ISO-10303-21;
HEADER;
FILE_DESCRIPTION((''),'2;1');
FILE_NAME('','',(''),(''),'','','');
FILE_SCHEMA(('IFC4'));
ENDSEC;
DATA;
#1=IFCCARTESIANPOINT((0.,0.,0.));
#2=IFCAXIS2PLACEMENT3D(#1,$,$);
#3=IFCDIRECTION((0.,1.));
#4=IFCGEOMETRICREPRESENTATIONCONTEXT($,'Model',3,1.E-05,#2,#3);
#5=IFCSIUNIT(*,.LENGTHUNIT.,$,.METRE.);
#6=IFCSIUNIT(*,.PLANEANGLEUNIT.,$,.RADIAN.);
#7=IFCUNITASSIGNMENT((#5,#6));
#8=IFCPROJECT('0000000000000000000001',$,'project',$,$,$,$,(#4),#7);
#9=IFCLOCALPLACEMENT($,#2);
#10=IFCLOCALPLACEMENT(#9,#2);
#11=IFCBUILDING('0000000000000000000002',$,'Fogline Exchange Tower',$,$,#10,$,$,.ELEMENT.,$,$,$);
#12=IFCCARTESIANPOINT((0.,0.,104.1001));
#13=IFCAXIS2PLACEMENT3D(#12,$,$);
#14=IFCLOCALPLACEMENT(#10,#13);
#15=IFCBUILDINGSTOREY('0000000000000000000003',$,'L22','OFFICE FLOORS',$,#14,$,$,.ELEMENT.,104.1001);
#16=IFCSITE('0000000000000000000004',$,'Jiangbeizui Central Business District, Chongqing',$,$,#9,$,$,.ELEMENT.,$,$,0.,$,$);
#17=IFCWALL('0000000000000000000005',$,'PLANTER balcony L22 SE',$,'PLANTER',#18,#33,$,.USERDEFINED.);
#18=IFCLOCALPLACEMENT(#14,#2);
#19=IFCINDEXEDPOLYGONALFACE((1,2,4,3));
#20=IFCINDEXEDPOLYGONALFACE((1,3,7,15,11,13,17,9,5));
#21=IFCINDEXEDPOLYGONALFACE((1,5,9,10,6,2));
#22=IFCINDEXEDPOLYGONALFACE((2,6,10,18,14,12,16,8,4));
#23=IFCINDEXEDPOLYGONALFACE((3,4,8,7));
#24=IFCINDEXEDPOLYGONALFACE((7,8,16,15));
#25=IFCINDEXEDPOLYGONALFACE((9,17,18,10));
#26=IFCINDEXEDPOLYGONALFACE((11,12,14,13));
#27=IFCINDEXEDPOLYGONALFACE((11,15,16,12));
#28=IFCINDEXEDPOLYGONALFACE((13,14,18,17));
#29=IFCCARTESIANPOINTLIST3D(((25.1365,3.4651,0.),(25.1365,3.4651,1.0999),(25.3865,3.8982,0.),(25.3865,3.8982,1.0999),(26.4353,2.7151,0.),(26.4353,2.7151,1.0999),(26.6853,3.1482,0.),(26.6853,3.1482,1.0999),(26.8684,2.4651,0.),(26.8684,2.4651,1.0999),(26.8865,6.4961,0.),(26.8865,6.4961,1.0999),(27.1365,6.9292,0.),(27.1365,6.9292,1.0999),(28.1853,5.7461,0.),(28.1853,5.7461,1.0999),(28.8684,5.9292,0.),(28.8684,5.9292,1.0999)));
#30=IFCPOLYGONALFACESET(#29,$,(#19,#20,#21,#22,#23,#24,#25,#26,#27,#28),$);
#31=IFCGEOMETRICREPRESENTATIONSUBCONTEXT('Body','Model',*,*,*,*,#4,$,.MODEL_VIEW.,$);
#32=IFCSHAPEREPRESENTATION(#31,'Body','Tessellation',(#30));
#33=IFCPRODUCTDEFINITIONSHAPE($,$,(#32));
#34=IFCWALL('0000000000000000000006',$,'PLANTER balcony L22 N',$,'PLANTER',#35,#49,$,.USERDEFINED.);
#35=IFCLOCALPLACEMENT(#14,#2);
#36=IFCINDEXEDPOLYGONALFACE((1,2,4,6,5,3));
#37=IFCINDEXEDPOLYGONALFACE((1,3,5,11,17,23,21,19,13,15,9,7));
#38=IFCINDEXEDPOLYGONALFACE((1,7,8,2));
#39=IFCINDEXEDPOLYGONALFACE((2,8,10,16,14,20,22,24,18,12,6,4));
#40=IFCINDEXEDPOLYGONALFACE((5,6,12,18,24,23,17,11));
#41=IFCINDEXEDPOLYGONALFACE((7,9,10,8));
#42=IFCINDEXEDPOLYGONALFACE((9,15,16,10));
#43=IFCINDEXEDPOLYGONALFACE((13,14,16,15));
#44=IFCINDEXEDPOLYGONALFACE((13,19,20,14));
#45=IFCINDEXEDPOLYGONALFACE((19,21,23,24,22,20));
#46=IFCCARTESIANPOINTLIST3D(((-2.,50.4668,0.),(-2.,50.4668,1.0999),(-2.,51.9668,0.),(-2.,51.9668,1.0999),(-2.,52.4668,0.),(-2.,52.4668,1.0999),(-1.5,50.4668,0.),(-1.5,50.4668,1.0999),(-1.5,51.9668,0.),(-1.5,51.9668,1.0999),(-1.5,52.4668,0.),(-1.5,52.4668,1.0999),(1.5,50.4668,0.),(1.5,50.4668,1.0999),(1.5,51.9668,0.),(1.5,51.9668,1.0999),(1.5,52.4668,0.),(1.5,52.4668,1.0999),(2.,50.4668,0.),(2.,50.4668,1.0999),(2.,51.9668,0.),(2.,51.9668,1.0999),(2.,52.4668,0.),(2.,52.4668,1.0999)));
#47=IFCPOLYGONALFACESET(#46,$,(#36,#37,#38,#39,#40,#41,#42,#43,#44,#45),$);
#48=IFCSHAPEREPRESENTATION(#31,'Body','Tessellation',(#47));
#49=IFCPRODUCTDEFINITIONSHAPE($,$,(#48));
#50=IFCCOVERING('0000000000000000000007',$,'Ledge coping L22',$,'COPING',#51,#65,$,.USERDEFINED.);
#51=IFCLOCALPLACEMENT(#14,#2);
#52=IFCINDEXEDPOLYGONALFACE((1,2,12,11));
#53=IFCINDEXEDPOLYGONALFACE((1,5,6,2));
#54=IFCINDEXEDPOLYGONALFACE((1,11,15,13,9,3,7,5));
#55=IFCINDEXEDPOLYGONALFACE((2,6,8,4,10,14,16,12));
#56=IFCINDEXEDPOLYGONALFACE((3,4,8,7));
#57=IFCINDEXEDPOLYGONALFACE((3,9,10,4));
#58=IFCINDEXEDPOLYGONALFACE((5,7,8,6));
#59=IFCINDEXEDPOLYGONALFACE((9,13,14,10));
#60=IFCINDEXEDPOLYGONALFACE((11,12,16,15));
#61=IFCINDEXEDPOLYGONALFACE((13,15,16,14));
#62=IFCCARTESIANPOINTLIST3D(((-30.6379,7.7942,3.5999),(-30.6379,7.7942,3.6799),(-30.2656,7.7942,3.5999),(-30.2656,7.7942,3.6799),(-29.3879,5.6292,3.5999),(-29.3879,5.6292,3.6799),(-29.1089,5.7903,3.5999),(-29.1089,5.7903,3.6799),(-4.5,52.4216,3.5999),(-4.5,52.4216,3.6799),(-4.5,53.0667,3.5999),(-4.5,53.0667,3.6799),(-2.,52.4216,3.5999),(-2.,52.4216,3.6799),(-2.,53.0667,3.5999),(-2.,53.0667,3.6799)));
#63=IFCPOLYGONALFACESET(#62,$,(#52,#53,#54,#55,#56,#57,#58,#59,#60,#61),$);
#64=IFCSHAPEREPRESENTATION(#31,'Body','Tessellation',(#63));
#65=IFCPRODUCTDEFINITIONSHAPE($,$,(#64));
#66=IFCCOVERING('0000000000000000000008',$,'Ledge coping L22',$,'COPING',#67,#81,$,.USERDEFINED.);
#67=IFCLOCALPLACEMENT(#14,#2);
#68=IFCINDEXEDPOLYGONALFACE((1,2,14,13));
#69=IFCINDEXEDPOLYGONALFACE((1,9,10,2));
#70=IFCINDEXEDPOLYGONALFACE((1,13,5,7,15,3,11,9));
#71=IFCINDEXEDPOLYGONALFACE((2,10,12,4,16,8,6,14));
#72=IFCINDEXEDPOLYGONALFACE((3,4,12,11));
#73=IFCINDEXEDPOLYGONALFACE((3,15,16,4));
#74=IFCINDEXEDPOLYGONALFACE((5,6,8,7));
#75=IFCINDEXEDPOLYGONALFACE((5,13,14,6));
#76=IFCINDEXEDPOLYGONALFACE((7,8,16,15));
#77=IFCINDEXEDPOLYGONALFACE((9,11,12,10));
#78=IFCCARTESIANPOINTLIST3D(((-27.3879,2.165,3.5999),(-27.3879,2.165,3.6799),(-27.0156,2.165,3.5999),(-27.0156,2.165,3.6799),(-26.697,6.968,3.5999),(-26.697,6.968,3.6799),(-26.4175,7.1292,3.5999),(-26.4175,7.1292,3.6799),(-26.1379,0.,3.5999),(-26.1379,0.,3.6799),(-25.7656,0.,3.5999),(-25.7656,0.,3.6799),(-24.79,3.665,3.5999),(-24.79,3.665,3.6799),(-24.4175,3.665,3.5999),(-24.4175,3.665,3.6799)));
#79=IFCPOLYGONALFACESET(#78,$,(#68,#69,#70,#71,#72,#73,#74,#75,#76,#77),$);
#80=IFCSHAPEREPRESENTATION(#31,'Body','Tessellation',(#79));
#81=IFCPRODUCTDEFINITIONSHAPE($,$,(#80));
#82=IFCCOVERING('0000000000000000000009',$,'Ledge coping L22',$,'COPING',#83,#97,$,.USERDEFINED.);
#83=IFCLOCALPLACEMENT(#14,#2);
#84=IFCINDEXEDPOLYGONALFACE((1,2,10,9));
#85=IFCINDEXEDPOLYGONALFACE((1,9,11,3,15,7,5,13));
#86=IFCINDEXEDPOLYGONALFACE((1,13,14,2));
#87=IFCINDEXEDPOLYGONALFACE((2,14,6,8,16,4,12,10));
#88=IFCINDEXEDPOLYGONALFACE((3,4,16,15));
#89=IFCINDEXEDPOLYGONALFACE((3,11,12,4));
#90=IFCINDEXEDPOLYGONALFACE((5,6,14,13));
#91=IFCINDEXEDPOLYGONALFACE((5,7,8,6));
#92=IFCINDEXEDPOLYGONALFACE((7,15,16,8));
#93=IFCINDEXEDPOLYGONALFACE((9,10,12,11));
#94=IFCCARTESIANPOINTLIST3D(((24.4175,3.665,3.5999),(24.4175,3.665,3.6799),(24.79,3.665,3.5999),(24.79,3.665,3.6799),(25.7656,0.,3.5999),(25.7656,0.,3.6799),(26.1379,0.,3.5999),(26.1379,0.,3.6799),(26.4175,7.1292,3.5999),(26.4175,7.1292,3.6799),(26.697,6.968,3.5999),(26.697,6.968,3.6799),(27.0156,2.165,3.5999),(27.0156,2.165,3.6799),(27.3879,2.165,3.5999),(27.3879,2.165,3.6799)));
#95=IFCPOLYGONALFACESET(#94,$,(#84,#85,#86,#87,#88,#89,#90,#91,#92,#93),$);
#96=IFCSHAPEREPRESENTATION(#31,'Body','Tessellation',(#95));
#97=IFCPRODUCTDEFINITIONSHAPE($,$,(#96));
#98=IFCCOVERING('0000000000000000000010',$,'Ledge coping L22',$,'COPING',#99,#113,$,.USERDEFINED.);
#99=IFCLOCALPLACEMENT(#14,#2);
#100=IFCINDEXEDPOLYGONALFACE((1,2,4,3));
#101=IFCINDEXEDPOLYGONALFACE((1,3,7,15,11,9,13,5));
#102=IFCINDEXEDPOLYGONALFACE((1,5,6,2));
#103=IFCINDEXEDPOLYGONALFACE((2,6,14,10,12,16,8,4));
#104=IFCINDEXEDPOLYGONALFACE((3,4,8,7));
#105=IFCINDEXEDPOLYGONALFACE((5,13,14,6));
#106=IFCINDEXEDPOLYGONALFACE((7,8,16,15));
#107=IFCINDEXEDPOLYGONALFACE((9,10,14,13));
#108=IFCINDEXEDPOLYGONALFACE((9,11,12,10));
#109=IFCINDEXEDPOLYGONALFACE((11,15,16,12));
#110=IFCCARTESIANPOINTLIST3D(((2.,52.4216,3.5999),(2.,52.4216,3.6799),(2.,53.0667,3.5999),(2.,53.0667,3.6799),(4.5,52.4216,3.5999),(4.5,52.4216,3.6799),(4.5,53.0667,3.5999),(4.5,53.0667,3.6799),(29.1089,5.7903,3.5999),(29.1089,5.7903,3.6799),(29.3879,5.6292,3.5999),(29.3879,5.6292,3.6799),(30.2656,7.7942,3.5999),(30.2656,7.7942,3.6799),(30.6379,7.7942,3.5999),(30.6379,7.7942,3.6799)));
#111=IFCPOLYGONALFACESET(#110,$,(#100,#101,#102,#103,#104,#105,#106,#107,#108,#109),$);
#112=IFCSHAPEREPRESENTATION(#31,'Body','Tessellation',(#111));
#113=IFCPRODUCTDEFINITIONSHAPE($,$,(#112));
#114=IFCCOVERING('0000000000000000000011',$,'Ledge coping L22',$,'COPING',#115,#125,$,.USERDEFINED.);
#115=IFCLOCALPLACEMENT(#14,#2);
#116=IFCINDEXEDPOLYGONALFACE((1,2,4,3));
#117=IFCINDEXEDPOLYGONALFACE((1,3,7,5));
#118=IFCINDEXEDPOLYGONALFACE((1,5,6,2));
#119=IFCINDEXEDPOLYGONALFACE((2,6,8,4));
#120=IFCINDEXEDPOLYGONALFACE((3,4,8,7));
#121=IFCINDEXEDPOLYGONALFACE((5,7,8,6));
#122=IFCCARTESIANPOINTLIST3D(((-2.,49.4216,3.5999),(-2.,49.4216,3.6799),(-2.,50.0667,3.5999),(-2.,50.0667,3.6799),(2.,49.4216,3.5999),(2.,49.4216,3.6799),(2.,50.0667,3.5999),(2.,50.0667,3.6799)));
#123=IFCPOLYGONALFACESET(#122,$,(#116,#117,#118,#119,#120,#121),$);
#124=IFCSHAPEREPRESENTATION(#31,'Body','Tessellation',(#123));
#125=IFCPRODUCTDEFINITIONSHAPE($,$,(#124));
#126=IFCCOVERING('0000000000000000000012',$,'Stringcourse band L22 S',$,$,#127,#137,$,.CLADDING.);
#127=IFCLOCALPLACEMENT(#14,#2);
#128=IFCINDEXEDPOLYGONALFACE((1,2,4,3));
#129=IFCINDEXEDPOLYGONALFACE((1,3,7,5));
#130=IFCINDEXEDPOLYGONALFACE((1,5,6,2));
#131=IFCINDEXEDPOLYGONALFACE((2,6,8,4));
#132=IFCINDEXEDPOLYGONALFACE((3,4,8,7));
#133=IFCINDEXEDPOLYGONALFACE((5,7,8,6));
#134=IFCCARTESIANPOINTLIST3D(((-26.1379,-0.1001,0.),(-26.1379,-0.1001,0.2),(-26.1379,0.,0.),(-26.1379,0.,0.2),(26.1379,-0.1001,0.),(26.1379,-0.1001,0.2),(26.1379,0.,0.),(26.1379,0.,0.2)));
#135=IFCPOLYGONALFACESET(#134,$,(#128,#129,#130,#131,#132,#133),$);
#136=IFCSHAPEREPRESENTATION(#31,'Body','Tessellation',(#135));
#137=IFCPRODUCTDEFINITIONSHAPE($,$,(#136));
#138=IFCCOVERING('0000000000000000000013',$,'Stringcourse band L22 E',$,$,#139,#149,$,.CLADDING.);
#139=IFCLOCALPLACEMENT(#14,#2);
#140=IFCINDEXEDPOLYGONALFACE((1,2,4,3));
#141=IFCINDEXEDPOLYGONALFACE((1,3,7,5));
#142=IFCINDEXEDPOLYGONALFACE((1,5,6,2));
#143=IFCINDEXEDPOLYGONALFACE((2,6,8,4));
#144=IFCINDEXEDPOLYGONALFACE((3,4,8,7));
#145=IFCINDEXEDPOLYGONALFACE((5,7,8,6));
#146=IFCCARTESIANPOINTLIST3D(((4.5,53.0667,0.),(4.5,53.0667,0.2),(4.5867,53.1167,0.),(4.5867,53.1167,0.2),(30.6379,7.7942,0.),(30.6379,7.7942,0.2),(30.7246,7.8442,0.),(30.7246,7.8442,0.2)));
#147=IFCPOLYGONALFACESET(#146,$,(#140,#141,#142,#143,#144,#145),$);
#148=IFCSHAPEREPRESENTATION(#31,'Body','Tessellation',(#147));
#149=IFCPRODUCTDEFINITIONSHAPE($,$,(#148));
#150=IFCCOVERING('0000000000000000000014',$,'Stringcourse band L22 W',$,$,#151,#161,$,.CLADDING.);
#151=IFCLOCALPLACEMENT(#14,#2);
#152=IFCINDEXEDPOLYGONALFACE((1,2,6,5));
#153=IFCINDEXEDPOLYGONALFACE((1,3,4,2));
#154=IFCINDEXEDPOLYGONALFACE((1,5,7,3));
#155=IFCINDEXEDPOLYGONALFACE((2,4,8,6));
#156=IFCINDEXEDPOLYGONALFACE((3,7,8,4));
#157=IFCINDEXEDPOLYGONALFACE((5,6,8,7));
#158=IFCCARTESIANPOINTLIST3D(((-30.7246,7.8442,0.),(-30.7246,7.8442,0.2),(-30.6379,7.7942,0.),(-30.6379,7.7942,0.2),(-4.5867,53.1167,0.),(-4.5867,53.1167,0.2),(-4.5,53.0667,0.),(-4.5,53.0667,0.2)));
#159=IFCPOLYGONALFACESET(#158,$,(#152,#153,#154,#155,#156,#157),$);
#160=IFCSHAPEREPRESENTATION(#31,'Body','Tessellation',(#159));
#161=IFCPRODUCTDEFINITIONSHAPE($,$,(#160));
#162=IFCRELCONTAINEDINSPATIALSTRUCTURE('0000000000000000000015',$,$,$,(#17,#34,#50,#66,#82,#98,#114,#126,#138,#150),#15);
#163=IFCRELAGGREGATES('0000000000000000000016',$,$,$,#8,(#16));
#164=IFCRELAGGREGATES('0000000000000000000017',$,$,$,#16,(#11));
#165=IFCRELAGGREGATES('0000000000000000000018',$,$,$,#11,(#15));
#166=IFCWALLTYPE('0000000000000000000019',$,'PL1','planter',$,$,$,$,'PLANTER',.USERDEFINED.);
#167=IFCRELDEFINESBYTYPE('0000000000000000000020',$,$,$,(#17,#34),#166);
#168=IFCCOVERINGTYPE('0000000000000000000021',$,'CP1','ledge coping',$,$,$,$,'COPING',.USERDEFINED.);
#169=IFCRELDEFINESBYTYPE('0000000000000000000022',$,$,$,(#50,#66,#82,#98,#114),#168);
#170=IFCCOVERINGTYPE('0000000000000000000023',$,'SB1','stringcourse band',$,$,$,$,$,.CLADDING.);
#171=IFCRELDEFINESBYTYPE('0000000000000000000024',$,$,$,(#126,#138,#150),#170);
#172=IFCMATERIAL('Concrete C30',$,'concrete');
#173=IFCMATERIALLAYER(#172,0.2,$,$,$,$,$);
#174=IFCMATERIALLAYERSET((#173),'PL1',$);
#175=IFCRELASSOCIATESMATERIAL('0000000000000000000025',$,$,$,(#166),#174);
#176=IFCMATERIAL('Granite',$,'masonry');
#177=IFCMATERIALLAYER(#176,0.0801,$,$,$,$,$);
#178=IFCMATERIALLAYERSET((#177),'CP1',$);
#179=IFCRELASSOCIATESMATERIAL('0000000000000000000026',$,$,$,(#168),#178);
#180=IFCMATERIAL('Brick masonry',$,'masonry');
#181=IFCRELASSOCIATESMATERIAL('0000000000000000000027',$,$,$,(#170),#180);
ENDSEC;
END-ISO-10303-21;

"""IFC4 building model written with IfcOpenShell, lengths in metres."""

from ifc_helpers import new_model, si_unit, direction, frame, origin, place, context, subcontext, project, spatial, polyline, outline, extrude, material, layer, layer_set, type_object, element, save


model = new_model("IFC4")

# Units and contexts
model_context = context("Model", 3, precision=1e-05, world=origin(), true_north=direction((0.0, 1.0)))
body_context = subcontext(model_context, "Body", "Model", "MODEL_VIEW")
ifc_project = project(units=[si_unit("LENGTHUNIT", "METRE"), si_unit("PLANEANGLEUNIT", "RADIAN")], contexts=[model_context])

# Site, building, storey
site_placement = place(None, origin())
site = spatial("IfcSite", under=ifc_project, at=site_placement, Name="Jiangbeizui Central Business District, Chongqing", CompositionType="ELEMENT", RefElevation=0.0)
building_placement = place(site_placement, origin())
building = spatial("IfcBuilding", under=site, at=building_placement, Name="Fogline Exchange Tower", CompositionType="ELEMENT")
storey_placement = place(building_placement, frame((0.0, 0.0, 104.1001)))
storey = spatial("IfcBuildingStorey", under=building, at=storey_placement, Name="L22", Description="OFFICE FLOORS", CompositionType="ELEMENT", Elevation=104.1001)

# Walls
ifc_material_1 = material(Name="Concrete C30", Category="concrete")
ifc_layer_1 = layer(ifc_material_1, 0.2)
ifc_layer_set_1 = layer_set([ifc_layer_1], Name="PL1")
wall_type = type_object("IfcWallType", Name="PL1", Description="planter", ElementType="PLANTER", PredefinedType="USERDEFINED", material=ifc_layer_set_1)
wall_1_placement = place(storey_placement, origin())
element("IfcWall", 1, at=wall_1_placement, inside=storey, type_object=wall_type, Name="PLANTER balcony L22 SE", ObjectType="PLANTER", PredefinedType="USERDEFINED", context=body_context, shape_type="SweptSolid", body=[
    extrude(outline(polyline([(25.1365, 3.4651), (26.4353, 2.7151), (26.4353, 2.7151), (26.8684, 2.4651), (28.8684, 5.9292), (27.1365, 6.9292), (26.8865, 6.4961), (28.1853, 5.7461), (26.6853, 3.1482), (25.3865, 3.8982), (25.1365, 3.4651)])), origin(), (0.0, 0.0, 1.0), 1.0999),
])
wall_2_placement = place(storey_placement, origin())
element("IfcWall", 2, at=wall_2_placement, inside=storey, type_object=wall_type, Name="PLANTER balcony L22 N", ObjectType="PLANTER", PredefinedType="USERDEFINED", context=body_context, shape_type="SweptSolid", body=[
    extrude(outline(polyline([(-1.5, 52.4668), (-2.0, 52.4668), (-2.0, 51.9668), (-2.0, 50.4668), (-1.5, 50.4668), (-1.5, 51.9668), (1.5, 51.9668), (1.5, 50.4668), (2.0, 50.4668), (2.0, 51.9668), (2.0, 52.4668), (1.5, 52.4668), (-1.5, 52.4668)])), origin(), (0.0, 0.0, 1.0), 1.0999),
])

# Coverings
ifc_material_2 = material(Name="Granite", Category="masonry")
ifc_layer_2 = layer(ifc_material_2, 0.0801)
ifc_layer_set_2 = layer_set([ifc_layer_2], Name="CP1")
covering_type_1 = type_object("IfcCoveringType", Name="CP1", Description="ledge coping", ElementType="COPING", PredefinedType="USERDEFINED", material=ifc_layer_set_2)
covering_1_placement = place(storey_placement, frame((0.0, 0.0, 3.5999)))
element("IfcCovering", 3, at=covering_1_placement, inside=storey, type_object=covering_type_1, Name="Ledge coping L22", ObjectType="COPING", PredefinedType="USERDEFINED", context=body_context, shape_type="SweptSolid", body=[
    extrude(outline(polyline([(-29.3879, 5.6292), (-29.1089, 5.7903), (-30.2656, 7.7942), (-4.5, 52.4216), (-2.0, 52.4216), (-2.0, 53.0667), (-4.5, 53.0667), (-30.6379, 7.7942), (-29.3879, 5.6292)])), origin(), (0.0, 0.0, 1.0), 0.0801),
])
covering_2_placement = place(storey_placement, frame((0.0, 0.0, 3.5999)))
element("IfcCovering", 4, at=covering_2_placement, inside=storey, type_object=covering_type_1, Name="Ledge coping L22", ObjectType="COPING", PredefinedType="USERDEFINED", context=body_context, shape_type="SweptSolid", body=[
    extrude(outline(polyline([(-26.1379, 0.0), (-25.7656, 0.0), (-27.0156, 2.165), (-24.4175, 3.665), (-26.4175, 7.1292), (-26.697, 6.968), (-24.79, 3.665), (-27.3879, 2.165), (-26.1379, 0.0)])), origin(), (0.0, 0.0, 1.0), 0.0801),
])
covering_3_placement = place(storey_placement, frame((0.0, 0.0, 3.5999)))
element("IfcCovering", 5, at=covering_3_placement, inside=storey, type_object=covering_type_1, Name="Ledge coping L22", ObjectType="COPING", PredefinedType="USERDEFINED", context=body_context, shape_type="SweptSolid", body=[
    extrude(outline(polyline([(24.79, 3.665), (26.697, 6.968), (26.4175, 7.1292), (24.4175, 3.665), (27.0156, 2.165), (25.7656, 0.0), (26.1379, 0.0), (27.3879, 2.165), (24.79, 3.665)])), origin(), (0.0, 0.0, 1.0), 0.0801),
])
covering_4_placement = place(storey_placement, frame((0.0, 0.0, 3.5999)))
element("IfcCovering", 6, at=covering_4_placement, inside=storey, type_object=covering_type_1, Name="Ledge coping L22", ObjectType="COPING", PredefinedType="USERDEFINED", context=body_context, shape_type="SweptSolid", body=[
    extrude(outline(polyline([(2.0, 53.0667), (2.0, 52.4216), (4.5, 52.4216), (30.2656, 7.7942), (29.1089, 5.7903), (29.3879, 5.6292), (30.6379, 7.7942), (4.5, 53.0667), (2.0, 53.0667)])), origin(), (0.0, 0.0, 1.0), 0.0801),
])
covering_5_placement = place(storey_placement, frame((0.0, 0.0, 3.5999)))
element("IfcCovering", 7, at=covering_5_placement, inside=storey, type_object=covering_type_1, Name="Ledge coping L22", ObjectType="COPING", PredefinedType="USERDEFINED", context=body_context, shape_type="SweptSolid", body=[
    extrude(outline(polyline([(2.0, 50.0667), (-2.0, 50.0667), (-2.0, 49.4216), (2.0, 49.4216), (2.0, 50.0667)])), origin(), (0.0, 0.0, 1.0), 0.0801),
])
ifc_material_3 = material(Name="Brick masonry", Category="masonry")
covering_type_2 = type_object("IfcCoveringType", Name="SB1", Description="stringcourse band", PredefinedType="CLADDING", material=ifc_material_3)
covering_6_placement = place(storey_placement, origin())
element("IfcCovering", 8, at=covering_6_placement, inside=storey, type_object=covering_type_2, Name="Stringcourse band L22 S", PredefinedType="CLADDING", context=body_context, shape_type="SweptSolid", body=[
    extrude(outline(polyline([(-26.1379, 0.0), (-26.1379, -0.1001), (26.1379, -0.1001), (26.1379, 0.0), (-26.1379, 0.0)])), origin(), (0.0, 0.0, 1.0), 0.2),
])
covering_7_placement = place(storey_placement, origin())
element("IfcCovering", 9, at=covering_7_placement, inside=storey, type_object=covering_type_2, Name="Stringcourse band L22 E", PredefinedType="CLADDING", context=body_context, shape_type="SweptSolid", body=[
    extrude(outline(polyline([(30.6379, 7.7942), (30.7246, 7.8442), (4.5867, 53.1167), (4.5, 53.0667), (30.6379, 7.7942)])), origin(), (0.0, 0.0, 1.0), 0.2),
])
covering_8_placement = place(storey_placement, origin())
element("IfcCovering", 10, at=covering_8_placement, inside=storey, type_object=covering_type_2, Name="Stringcourse band L22 W", PredefinedType="CLADDING", context=body_context, shape_type="SweptSolid", body=[
    extrude(outline(polyline([(-4.5, 53.0667), (-4.5867, 53.1167), (-30.7246, 7.8442), (-30.6379, 7.7942), (-4.5, 53.0667)])), origin(), (0.0, 0.0, 1.0), 0.2),
])

save(model, "model.ifc")
